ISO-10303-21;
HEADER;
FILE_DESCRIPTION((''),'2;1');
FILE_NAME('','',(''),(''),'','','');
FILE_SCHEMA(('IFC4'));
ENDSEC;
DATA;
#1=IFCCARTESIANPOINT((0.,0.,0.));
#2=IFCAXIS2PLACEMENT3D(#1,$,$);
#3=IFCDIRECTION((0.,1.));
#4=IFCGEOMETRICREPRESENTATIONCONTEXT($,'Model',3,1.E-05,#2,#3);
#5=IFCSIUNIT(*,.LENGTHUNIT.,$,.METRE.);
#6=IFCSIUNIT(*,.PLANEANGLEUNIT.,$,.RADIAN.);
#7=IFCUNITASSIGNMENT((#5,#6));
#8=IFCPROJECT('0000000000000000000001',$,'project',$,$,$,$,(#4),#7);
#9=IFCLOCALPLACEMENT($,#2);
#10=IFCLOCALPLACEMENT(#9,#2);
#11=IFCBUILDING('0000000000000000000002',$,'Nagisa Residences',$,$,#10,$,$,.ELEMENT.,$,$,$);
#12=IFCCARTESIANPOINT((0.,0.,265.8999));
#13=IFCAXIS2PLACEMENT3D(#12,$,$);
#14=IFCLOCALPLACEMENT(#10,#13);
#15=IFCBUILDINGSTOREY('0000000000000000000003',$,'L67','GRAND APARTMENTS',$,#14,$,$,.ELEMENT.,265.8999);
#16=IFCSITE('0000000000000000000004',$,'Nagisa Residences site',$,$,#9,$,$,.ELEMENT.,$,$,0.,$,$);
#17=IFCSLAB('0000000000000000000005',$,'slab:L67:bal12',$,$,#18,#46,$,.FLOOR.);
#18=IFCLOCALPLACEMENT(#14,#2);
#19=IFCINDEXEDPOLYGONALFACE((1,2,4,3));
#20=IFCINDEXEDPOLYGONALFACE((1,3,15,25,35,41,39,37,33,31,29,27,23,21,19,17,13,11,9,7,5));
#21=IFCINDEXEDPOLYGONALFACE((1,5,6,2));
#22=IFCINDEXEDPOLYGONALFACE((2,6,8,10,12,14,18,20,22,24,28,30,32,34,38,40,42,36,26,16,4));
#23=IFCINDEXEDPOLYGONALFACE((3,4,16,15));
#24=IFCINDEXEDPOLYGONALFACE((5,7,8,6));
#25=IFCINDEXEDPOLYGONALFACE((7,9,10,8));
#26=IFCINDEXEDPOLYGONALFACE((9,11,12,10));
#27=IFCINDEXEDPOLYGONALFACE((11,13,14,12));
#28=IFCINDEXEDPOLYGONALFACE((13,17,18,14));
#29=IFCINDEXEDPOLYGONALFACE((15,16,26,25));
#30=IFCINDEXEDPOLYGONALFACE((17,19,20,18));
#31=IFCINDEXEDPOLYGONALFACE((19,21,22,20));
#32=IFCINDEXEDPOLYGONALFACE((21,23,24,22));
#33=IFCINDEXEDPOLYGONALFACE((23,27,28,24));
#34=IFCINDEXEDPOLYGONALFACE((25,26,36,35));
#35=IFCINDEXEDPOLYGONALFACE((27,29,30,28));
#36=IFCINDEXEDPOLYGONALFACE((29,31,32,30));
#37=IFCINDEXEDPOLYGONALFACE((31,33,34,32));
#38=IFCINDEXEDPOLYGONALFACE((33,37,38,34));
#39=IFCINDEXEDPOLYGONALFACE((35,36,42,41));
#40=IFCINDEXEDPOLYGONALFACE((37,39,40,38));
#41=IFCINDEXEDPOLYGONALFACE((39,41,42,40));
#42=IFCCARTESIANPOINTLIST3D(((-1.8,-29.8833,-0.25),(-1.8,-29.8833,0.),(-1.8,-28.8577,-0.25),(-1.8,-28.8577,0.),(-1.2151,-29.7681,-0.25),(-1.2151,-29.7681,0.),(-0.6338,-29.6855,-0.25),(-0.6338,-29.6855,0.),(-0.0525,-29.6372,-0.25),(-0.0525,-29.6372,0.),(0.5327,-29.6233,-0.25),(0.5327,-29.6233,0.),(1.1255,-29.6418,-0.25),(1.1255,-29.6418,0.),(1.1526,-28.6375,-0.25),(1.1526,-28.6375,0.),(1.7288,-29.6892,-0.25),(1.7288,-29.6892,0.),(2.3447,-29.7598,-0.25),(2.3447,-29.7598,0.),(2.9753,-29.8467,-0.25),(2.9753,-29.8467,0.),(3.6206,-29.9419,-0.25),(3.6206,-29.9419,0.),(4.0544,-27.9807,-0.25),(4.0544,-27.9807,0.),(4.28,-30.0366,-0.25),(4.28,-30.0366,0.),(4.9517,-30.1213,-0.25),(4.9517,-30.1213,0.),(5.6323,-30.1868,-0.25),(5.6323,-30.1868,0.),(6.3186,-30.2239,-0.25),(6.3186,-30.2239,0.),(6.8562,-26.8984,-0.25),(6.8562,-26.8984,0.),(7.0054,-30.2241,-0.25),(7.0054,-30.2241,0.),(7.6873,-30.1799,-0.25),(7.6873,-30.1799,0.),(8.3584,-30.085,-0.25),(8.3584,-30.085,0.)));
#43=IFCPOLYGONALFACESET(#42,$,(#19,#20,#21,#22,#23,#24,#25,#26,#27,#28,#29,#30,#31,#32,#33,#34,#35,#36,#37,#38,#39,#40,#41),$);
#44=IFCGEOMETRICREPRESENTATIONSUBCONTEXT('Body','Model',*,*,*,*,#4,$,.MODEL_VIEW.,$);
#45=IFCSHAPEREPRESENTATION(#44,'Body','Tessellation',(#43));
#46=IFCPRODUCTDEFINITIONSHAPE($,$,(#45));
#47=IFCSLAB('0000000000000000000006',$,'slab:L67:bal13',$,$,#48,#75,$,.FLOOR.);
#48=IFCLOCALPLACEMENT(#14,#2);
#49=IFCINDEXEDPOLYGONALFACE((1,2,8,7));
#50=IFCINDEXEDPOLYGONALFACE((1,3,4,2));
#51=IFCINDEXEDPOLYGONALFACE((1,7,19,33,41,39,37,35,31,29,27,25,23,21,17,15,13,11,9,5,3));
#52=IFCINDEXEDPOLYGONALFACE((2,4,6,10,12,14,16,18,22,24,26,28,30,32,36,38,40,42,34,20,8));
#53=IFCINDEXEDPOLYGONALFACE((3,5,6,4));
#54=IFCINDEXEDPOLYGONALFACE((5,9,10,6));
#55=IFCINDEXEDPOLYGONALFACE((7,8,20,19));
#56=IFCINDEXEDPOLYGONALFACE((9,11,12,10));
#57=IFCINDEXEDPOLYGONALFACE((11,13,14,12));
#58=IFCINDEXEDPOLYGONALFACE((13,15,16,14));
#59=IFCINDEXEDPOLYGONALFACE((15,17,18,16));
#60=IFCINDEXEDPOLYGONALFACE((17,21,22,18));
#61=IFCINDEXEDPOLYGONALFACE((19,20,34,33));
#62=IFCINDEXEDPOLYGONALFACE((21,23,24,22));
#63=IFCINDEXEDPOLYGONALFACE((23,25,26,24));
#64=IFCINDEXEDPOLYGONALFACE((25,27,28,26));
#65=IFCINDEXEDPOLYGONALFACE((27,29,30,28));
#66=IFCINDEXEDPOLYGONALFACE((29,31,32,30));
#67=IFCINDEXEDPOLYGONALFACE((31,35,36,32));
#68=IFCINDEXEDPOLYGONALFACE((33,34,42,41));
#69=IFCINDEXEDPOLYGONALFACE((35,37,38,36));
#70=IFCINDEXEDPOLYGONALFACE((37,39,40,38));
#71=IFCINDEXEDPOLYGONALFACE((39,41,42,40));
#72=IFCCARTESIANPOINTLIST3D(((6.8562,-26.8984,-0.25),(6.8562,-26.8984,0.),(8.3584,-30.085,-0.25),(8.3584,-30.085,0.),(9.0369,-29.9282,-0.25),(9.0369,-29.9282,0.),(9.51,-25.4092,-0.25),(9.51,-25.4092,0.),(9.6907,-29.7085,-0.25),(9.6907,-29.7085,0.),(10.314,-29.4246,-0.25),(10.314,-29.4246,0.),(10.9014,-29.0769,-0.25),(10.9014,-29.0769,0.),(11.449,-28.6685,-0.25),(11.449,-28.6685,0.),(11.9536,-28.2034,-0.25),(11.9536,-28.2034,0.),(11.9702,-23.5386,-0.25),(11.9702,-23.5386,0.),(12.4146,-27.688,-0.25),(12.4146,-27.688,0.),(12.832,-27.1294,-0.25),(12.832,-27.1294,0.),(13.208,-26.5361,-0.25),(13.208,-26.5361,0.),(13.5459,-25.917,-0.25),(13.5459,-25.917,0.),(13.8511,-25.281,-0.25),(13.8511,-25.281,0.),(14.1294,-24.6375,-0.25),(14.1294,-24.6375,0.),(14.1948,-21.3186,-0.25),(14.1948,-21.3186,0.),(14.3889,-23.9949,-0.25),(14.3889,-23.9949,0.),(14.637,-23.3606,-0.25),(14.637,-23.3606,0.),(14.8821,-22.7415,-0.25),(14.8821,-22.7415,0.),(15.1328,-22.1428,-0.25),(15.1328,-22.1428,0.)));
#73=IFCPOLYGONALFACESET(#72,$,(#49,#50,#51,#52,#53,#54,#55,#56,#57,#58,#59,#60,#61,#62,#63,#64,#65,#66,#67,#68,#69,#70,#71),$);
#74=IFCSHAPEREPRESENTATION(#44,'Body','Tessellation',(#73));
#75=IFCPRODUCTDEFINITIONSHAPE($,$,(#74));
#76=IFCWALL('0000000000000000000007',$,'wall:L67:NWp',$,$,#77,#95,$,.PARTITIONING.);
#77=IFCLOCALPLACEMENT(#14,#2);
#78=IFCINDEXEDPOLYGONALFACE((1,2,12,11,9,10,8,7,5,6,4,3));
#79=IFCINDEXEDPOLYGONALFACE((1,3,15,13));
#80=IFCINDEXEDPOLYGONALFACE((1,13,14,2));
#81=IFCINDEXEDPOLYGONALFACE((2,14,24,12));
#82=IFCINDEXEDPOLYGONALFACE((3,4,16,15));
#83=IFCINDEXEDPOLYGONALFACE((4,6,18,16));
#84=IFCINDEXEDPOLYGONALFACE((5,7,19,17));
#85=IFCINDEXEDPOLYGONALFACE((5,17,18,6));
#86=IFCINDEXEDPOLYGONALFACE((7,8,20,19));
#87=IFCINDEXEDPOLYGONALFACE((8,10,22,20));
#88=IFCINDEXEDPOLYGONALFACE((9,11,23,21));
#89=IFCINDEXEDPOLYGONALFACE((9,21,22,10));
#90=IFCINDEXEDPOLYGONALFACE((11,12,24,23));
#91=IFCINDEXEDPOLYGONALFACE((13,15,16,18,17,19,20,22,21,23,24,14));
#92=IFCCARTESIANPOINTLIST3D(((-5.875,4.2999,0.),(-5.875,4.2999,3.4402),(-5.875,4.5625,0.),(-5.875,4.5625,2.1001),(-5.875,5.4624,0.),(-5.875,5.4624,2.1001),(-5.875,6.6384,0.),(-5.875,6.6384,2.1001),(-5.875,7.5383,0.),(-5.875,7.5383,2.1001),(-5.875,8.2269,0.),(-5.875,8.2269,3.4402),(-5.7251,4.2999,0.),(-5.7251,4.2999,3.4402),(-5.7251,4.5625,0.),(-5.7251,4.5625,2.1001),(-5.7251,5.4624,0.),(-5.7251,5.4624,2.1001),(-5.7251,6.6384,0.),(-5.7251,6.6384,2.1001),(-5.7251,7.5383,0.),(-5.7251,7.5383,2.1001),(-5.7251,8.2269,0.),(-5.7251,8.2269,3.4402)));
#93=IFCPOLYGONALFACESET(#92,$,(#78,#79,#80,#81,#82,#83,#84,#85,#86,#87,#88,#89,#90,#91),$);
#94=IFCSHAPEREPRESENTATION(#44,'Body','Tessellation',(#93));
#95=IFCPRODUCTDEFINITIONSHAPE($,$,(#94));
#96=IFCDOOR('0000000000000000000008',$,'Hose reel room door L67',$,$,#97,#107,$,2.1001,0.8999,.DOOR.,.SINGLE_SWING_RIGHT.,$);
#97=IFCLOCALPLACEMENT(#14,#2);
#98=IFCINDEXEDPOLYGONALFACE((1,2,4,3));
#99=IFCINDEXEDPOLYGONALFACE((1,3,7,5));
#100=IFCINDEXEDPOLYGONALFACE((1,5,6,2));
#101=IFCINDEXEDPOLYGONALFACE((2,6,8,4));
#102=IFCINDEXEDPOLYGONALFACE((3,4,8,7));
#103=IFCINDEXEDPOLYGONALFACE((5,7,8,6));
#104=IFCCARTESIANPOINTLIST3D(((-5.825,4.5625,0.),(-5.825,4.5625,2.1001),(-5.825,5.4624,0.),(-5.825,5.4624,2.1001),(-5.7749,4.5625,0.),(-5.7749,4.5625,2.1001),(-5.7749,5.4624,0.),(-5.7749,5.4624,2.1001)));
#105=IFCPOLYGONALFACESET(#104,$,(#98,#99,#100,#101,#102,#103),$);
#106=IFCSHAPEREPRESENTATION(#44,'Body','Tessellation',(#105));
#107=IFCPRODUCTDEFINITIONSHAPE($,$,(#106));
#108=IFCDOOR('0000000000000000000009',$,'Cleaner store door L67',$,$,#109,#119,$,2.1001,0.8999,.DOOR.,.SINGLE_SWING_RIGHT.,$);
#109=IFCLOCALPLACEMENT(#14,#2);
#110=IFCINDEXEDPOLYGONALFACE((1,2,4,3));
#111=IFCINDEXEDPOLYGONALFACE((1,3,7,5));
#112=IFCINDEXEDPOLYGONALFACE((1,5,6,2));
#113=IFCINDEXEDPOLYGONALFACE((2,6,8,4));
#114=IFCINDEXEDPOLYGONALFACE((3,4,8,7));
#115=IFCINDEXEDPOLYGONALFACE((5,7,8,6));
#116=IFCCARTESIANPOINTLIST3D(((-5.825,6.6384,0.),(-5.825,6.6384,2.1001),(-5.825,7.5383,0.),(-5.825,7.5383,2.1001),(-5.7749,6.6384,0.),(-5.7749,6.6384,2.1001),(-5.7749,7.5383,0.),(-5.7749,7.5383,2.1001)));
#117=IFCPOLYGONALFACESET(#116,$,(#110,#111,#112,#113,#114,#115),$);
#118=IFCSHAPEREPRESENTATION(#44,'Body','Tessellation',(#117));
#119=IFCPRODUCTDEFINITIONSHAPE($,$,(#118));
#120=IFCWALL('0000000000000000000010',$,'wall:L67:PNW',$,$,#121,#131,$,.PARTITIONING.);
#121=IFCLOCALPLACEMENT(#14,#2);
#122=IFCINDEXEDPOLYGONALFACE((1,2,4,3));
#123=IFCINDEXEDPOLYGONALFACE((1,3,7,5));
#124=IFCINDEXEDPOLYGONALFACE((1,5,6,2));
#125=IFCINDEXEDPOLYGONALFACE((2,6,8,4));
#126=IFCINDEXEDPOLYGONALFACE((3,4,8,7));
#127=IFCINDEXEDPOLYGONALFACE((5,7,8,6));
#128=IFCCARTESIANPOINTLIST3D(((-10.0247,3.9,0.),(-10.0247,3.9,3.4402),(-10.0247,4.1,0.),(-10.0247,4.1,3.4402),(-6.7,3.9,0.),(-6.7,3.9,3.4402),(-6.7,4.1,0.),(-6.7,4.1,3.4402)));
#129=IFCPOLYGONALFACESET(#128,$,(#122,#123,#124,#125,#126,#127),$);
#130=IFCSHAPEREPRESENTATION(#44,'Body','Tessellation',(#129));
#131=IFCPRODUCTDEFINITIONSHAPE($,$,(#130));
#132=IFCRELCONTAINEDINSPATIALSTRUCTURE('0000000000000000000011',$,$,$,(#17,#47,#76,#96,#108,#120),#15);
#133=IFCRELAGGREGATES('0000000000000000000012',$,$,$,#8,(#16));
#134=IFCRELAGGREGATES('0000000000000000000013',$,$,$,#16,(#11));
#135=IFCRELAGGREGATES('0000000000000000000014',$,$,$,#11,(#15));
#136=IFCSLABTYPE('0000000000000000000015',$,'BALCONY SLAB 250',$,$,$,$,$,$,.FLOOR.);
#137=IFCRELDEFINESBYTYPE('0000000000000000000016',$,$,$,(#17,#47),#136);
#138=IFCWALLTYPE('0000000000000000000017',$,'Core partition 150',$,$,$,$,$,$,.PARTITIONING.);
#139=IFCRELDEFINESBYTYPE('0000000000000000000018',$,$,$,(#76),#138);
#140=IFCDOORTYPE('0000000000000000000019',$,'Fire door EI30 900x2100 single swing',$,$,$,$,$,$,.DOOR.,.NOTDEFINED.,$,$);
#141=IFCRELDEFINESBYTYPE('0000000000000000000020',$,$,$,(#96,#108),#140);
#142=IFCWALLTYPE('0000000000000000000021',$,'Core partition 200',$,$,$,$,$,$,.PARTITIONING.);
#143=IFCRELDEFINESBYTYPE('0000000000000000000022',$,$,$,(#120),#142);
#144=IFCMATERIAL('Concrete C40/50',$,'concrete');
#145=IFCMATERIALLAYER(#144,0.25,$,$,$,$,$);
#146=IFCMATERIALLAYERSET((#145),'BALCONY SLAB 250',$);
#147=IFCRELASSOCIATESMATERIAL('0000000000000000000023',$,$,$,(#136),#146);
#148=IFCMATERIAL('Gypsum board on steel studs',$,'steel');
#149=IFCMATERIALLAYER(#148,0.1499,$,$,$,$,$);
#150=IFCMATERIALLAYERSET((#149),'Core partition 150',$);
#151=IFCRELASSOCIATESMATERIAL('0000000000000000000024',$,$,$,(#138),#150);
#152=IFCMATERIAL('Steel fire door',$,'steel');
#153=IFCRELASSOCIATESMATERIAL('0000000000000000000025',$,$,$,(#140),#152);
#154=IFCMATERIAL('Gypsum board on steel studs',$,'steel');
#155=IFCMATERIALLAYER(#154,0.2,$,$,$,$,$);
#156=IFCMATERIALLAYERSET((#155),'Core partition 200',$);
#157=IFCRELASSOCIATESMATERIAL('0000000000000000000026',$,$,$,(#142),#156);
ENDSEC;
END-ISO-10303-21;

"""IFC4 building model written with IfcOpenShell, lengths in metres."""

from ifc_helpers import new_model, si_unit, direction, frame, frame_2d, origin, place, context, subcontext, project, spatial, polyline, rectangle, outline, extrude, material, layer, layer_set, type_object, element, fill, save


model = new_model("IFC4")

# Units and contexts
model_context = context("Model", 3, precision=1e-05, world=origin(), true_north=direction((0.0, 1.0)))
body_context = subcontext(model_context, "Body", "Model", "MODEL_VIEW")
ifc_project = project(units=[si_unit("LENGTHUNIT", "METRE"), si_unit("PLANEANGLEUNIT", "RADIAN")], contexts=[model_context])

# Site, building, storey
site_placement = place(None, origin())
site = spatial("IfcSite", under=ifc_project, at=site_placement, Name="Nagisa Residences site", CompositionType="ELEMENT", RefElevation=0.0)
building_placement = place(site_placement, origin())
building = spatial("IfcBuilding", under=site, at=building_placement, Name="Nagisa Residences", CompositionType="ELEMENT")
storey_placement = place(building_placement, frame((0.0, 0.0, 265.8999)))
storey = spatial("IfcBuildingStorey", under=building, at=storey_placement, Name="L67", Description="GRAND APARTMENTS", CompositionType="ELEMENT", Elevation=265.8999)

# Slabs
ifc_material_1 = material(Name="Concrete C40/50", Category="concrete")
ifc_layer_1 = layer(ifc_material_1, 0.25)
ifc_layer_set_1 = layer_set([ifc_layer_1], Name="BALCONY SLAB 250")
slab_type = type_object("IfcSlabType", Name="BALCONY SLAB 250", PredefinedType="FLOOR", material=ifc_layer_set_1)
slab_1_placement = place(storey_placement, frame((0.0, 0.0, -0.25)))
element("IfcSlab", 1, at=slab_1_placement, inside=storey, type_object=slab_type, Name="slab:L67:bal12", PredefinedType="FLOOR", context=body_context, shape_type="SweptSolid", body=[
    extrude(outline(polyline([(-1.8, -29.8833), (-1.2151, -29.7681), (-0.6338, -29.6855), (-0.0525, -29.6372), (0.5327, -29.6233), (1.1255, -29.6418), (1.7288, -29.6892), (2.3447, -29.7598), (2.9753, -29.8467), (3.6206, -29.9419), (4.28, -30.0366), (4.9517, -30.1213), (5.6323, -30.1868), (6.3186, -30.2239), (7.0054, -30.2241), (7.6873, -30.1799), (8.3584, -30.085), (6.8562, -26.8984), (4.0544, -27.9807), (1.1526, -28.6375), (-1.8, -28.8577), (-1.8, -29.8833)])), origin(), (0.0, 0.0, 1.0), 0.25),
])
slab_2_placement = place(storey_placement, frame((0.0, 0.0, -0.25)))
element("IfcSlab", 2, at=slab_2_placement, inside=storey, type_object=slab_type, Name="slab:L67:bal13", PredefinedType="FLOOR", context=body_context, shape_type="SweptSolid", body=[
    extrude(outline(polyline([(8.3584, -30.085), (9.0369, -29.9282), (9.6907, -29.7085), (10.314, -29.4246), (10.9014, -29.0769), (11.449, -28.6685), (11.9536, -28.2034), (12.4146, -27.688), (12.832, -27.1294), (13.208, -26.5361), (13.5459, -25.917), (13.8511, -25.281), (14.1294, -24.6375), (14.3889, -23.9949), (14.637, -23.3606), (14.8821, -22.7415), (15.1328, -22.1428), (14.1948, -21.3186), (11.9702, -23.5386), (9.51, -25.4092), (6.8562, -26.8984), (8.3584, -30.085)])), origin(), (0.0, 0.0, 1.0), 0.25),
])

# Wall, openings, doors
ifc_material_2 = material(Name="Gypsum board on steel studs", Category="steel")
ifc_layer_2 = layer(ifc_material_2, 0.1499)
ifc_layer_set_2 = layer_set([ifc_layer_2], Name="Core partition 150")
wall_type_1 = type_object("IfcWallType", Name="Core partition 150", PredefinedType="PARTITIONING", material=ifc_layer_set_2)
wall_1_placement = place(storey_placement, frame((-5.8, 4.3, 0.0), z_axis=(0.0, 0.0, 1.0), x_axis=(0.0, 1.0, 0.0)))
wall_1 = element("IfcWall", 3, at=wall_1_placement, inside=storey, type_object=wall_type_1, Name="wall:L67:NWp", PredefinedType="PARTITIONING", context=body_context, shape_type="SweptSolid", body=[
    extrude(rectangle(XDim=3.927, YDim=0.1499, at=frame_2d((1.9634, 0.0))), origin(), (0.0, 0.0, 1.0), 3.4402),
])
opening_1_placement = place(wall_1_placement, frame((0.2625, 0.0, 0.0)))
opening_1 = element("IfcOpeningElement", 4, at=opening_1_placement, cuts=wall_1, PredefinedType="OPENING", context=body_context, shape_type="SweptSolid", body=[
    extrude(rectangle(XDim=0.8999, YDim=2.1001, at=frame_2d((0.45, 1.05))), frame((0.0, 0.085, 0.0), z_axis=(0.0, -1.0, 0.0), x_axis=(1.0, 0.0, 0.0)), (0.0, 0.0, 1.0), 0.1699),
])
opening_2_placement = place(wall_1_placement, frame((2.3384, 0.0, 0.0)))
opening_2 = element("IfcOpeningElement", 5, at=opening_2_placement, cuts=wall_1, PredefinedType="OPENING", context=body_context, shape_type="SweptSolid", body=[
    extrude(rectangle(XDim=0.8999, YDim=2.1001, at=frame_2d((0.45, 1.05))), frame((0.0, 0.085, 0.0), z_axis=(0.0, -1.0, 0.0), x_axis=(1.0, 0.0, 0.0)), (0.0, 0.0, 1.0), 0.1699),
])
ifc_material_3 = material(Name="Steel fire door", Category="steel")
door_type_1 = type_object("IfcDoorType", Name="Fire door EI30 900x2100 single swing", OperationType="NOTDEFINED", PredefinedType="DOOR", material=ifc_material_3)
door_1_placement = place(opening_1_placement, origin())
door_1 = element("IfcDoor", 6, at=door_1_placement, inside=storey, type_object=door_type_1, Name="Hose reel room door L67", OperationType="SINGLE_SWING_RIGHT", OverallHeight=2.1001, OverallWidth=0.8999, PredefinedType="DOOR", context=body_context, shape_type="SweptSolid", body=[
    extrude(rectangle(XDim=0.8999, YDim=2.1001, at=frame_2d((0.45, 1.05))), frame((0.0, 0.0249, 0.0), z_axis=(0.0, -1.0, 0.0), x_axis=(1.0, 0.0, 0.0)), (0.0, 0.0, 1.0), 0.05),
])
fill(opening_1, door_1)
door_2_placement = place(opening_2_placement, origin())
door_2 = element("IfcDoor", 7, at=door_2_placement, inside=storey, type_object=door_type_1, Name="Cleaner store door L67", OperationType="SINGLE_SWING_RIGHT", OverallHeight=2.1001, OverallWidth=0.8999, PredefinedType="DOOR", context=body_context, shape_type="SweptSolid", body=[
    extrude(rectangle(XDim=0.8999, YDim=2.1001, at=frame_2d((0.45, 1.05))), frame((0.0, 0.0249, 0.0), z_axis=(0.0, -1.0, 0.0), x_axis=(1.0, 0.0, 0.0)), (0.0, 0.0, 1.0), 0.05),
])
fill(opening_2, door_2)

# Wall
ifc_material_4 = material(Name="Gypsum board on steel studs", Category="steel")
ifc_layer_3 = layer(ifc_material_4, 0.2)
ifc_layer_set_3 = layer_set([ifc_layer_3], Name="Core partition 200")
wall_type_2 = type_object("IfcWallType", Name="Core partition 200", PredefinedType="PARTITIONING", material=ifc_layer_set_3)
wall_2_placement = place(storey_placement, frame((-10.0247, 4.0, 0.0), z_axis=(0.0, 0.0, 1.0), x_axis=(1.0, 0.0, 0.0)))
element("IfcWall", 8, at=wall_2_placement, inside=storey, type_object=wall_type_2, Name="wall:L67:PNW", PredefinedType="PARTITIONING", context=body_context, shape_type="SweptSolid", body=[
    extrude(rectangle(XDim=3.3247, YDim=0.2, at=frame_2d((1.6624, 0.0))), origin(), (0.0, 0.0, 1.0), 3.4402),
])

save(model, "model.ifc")
